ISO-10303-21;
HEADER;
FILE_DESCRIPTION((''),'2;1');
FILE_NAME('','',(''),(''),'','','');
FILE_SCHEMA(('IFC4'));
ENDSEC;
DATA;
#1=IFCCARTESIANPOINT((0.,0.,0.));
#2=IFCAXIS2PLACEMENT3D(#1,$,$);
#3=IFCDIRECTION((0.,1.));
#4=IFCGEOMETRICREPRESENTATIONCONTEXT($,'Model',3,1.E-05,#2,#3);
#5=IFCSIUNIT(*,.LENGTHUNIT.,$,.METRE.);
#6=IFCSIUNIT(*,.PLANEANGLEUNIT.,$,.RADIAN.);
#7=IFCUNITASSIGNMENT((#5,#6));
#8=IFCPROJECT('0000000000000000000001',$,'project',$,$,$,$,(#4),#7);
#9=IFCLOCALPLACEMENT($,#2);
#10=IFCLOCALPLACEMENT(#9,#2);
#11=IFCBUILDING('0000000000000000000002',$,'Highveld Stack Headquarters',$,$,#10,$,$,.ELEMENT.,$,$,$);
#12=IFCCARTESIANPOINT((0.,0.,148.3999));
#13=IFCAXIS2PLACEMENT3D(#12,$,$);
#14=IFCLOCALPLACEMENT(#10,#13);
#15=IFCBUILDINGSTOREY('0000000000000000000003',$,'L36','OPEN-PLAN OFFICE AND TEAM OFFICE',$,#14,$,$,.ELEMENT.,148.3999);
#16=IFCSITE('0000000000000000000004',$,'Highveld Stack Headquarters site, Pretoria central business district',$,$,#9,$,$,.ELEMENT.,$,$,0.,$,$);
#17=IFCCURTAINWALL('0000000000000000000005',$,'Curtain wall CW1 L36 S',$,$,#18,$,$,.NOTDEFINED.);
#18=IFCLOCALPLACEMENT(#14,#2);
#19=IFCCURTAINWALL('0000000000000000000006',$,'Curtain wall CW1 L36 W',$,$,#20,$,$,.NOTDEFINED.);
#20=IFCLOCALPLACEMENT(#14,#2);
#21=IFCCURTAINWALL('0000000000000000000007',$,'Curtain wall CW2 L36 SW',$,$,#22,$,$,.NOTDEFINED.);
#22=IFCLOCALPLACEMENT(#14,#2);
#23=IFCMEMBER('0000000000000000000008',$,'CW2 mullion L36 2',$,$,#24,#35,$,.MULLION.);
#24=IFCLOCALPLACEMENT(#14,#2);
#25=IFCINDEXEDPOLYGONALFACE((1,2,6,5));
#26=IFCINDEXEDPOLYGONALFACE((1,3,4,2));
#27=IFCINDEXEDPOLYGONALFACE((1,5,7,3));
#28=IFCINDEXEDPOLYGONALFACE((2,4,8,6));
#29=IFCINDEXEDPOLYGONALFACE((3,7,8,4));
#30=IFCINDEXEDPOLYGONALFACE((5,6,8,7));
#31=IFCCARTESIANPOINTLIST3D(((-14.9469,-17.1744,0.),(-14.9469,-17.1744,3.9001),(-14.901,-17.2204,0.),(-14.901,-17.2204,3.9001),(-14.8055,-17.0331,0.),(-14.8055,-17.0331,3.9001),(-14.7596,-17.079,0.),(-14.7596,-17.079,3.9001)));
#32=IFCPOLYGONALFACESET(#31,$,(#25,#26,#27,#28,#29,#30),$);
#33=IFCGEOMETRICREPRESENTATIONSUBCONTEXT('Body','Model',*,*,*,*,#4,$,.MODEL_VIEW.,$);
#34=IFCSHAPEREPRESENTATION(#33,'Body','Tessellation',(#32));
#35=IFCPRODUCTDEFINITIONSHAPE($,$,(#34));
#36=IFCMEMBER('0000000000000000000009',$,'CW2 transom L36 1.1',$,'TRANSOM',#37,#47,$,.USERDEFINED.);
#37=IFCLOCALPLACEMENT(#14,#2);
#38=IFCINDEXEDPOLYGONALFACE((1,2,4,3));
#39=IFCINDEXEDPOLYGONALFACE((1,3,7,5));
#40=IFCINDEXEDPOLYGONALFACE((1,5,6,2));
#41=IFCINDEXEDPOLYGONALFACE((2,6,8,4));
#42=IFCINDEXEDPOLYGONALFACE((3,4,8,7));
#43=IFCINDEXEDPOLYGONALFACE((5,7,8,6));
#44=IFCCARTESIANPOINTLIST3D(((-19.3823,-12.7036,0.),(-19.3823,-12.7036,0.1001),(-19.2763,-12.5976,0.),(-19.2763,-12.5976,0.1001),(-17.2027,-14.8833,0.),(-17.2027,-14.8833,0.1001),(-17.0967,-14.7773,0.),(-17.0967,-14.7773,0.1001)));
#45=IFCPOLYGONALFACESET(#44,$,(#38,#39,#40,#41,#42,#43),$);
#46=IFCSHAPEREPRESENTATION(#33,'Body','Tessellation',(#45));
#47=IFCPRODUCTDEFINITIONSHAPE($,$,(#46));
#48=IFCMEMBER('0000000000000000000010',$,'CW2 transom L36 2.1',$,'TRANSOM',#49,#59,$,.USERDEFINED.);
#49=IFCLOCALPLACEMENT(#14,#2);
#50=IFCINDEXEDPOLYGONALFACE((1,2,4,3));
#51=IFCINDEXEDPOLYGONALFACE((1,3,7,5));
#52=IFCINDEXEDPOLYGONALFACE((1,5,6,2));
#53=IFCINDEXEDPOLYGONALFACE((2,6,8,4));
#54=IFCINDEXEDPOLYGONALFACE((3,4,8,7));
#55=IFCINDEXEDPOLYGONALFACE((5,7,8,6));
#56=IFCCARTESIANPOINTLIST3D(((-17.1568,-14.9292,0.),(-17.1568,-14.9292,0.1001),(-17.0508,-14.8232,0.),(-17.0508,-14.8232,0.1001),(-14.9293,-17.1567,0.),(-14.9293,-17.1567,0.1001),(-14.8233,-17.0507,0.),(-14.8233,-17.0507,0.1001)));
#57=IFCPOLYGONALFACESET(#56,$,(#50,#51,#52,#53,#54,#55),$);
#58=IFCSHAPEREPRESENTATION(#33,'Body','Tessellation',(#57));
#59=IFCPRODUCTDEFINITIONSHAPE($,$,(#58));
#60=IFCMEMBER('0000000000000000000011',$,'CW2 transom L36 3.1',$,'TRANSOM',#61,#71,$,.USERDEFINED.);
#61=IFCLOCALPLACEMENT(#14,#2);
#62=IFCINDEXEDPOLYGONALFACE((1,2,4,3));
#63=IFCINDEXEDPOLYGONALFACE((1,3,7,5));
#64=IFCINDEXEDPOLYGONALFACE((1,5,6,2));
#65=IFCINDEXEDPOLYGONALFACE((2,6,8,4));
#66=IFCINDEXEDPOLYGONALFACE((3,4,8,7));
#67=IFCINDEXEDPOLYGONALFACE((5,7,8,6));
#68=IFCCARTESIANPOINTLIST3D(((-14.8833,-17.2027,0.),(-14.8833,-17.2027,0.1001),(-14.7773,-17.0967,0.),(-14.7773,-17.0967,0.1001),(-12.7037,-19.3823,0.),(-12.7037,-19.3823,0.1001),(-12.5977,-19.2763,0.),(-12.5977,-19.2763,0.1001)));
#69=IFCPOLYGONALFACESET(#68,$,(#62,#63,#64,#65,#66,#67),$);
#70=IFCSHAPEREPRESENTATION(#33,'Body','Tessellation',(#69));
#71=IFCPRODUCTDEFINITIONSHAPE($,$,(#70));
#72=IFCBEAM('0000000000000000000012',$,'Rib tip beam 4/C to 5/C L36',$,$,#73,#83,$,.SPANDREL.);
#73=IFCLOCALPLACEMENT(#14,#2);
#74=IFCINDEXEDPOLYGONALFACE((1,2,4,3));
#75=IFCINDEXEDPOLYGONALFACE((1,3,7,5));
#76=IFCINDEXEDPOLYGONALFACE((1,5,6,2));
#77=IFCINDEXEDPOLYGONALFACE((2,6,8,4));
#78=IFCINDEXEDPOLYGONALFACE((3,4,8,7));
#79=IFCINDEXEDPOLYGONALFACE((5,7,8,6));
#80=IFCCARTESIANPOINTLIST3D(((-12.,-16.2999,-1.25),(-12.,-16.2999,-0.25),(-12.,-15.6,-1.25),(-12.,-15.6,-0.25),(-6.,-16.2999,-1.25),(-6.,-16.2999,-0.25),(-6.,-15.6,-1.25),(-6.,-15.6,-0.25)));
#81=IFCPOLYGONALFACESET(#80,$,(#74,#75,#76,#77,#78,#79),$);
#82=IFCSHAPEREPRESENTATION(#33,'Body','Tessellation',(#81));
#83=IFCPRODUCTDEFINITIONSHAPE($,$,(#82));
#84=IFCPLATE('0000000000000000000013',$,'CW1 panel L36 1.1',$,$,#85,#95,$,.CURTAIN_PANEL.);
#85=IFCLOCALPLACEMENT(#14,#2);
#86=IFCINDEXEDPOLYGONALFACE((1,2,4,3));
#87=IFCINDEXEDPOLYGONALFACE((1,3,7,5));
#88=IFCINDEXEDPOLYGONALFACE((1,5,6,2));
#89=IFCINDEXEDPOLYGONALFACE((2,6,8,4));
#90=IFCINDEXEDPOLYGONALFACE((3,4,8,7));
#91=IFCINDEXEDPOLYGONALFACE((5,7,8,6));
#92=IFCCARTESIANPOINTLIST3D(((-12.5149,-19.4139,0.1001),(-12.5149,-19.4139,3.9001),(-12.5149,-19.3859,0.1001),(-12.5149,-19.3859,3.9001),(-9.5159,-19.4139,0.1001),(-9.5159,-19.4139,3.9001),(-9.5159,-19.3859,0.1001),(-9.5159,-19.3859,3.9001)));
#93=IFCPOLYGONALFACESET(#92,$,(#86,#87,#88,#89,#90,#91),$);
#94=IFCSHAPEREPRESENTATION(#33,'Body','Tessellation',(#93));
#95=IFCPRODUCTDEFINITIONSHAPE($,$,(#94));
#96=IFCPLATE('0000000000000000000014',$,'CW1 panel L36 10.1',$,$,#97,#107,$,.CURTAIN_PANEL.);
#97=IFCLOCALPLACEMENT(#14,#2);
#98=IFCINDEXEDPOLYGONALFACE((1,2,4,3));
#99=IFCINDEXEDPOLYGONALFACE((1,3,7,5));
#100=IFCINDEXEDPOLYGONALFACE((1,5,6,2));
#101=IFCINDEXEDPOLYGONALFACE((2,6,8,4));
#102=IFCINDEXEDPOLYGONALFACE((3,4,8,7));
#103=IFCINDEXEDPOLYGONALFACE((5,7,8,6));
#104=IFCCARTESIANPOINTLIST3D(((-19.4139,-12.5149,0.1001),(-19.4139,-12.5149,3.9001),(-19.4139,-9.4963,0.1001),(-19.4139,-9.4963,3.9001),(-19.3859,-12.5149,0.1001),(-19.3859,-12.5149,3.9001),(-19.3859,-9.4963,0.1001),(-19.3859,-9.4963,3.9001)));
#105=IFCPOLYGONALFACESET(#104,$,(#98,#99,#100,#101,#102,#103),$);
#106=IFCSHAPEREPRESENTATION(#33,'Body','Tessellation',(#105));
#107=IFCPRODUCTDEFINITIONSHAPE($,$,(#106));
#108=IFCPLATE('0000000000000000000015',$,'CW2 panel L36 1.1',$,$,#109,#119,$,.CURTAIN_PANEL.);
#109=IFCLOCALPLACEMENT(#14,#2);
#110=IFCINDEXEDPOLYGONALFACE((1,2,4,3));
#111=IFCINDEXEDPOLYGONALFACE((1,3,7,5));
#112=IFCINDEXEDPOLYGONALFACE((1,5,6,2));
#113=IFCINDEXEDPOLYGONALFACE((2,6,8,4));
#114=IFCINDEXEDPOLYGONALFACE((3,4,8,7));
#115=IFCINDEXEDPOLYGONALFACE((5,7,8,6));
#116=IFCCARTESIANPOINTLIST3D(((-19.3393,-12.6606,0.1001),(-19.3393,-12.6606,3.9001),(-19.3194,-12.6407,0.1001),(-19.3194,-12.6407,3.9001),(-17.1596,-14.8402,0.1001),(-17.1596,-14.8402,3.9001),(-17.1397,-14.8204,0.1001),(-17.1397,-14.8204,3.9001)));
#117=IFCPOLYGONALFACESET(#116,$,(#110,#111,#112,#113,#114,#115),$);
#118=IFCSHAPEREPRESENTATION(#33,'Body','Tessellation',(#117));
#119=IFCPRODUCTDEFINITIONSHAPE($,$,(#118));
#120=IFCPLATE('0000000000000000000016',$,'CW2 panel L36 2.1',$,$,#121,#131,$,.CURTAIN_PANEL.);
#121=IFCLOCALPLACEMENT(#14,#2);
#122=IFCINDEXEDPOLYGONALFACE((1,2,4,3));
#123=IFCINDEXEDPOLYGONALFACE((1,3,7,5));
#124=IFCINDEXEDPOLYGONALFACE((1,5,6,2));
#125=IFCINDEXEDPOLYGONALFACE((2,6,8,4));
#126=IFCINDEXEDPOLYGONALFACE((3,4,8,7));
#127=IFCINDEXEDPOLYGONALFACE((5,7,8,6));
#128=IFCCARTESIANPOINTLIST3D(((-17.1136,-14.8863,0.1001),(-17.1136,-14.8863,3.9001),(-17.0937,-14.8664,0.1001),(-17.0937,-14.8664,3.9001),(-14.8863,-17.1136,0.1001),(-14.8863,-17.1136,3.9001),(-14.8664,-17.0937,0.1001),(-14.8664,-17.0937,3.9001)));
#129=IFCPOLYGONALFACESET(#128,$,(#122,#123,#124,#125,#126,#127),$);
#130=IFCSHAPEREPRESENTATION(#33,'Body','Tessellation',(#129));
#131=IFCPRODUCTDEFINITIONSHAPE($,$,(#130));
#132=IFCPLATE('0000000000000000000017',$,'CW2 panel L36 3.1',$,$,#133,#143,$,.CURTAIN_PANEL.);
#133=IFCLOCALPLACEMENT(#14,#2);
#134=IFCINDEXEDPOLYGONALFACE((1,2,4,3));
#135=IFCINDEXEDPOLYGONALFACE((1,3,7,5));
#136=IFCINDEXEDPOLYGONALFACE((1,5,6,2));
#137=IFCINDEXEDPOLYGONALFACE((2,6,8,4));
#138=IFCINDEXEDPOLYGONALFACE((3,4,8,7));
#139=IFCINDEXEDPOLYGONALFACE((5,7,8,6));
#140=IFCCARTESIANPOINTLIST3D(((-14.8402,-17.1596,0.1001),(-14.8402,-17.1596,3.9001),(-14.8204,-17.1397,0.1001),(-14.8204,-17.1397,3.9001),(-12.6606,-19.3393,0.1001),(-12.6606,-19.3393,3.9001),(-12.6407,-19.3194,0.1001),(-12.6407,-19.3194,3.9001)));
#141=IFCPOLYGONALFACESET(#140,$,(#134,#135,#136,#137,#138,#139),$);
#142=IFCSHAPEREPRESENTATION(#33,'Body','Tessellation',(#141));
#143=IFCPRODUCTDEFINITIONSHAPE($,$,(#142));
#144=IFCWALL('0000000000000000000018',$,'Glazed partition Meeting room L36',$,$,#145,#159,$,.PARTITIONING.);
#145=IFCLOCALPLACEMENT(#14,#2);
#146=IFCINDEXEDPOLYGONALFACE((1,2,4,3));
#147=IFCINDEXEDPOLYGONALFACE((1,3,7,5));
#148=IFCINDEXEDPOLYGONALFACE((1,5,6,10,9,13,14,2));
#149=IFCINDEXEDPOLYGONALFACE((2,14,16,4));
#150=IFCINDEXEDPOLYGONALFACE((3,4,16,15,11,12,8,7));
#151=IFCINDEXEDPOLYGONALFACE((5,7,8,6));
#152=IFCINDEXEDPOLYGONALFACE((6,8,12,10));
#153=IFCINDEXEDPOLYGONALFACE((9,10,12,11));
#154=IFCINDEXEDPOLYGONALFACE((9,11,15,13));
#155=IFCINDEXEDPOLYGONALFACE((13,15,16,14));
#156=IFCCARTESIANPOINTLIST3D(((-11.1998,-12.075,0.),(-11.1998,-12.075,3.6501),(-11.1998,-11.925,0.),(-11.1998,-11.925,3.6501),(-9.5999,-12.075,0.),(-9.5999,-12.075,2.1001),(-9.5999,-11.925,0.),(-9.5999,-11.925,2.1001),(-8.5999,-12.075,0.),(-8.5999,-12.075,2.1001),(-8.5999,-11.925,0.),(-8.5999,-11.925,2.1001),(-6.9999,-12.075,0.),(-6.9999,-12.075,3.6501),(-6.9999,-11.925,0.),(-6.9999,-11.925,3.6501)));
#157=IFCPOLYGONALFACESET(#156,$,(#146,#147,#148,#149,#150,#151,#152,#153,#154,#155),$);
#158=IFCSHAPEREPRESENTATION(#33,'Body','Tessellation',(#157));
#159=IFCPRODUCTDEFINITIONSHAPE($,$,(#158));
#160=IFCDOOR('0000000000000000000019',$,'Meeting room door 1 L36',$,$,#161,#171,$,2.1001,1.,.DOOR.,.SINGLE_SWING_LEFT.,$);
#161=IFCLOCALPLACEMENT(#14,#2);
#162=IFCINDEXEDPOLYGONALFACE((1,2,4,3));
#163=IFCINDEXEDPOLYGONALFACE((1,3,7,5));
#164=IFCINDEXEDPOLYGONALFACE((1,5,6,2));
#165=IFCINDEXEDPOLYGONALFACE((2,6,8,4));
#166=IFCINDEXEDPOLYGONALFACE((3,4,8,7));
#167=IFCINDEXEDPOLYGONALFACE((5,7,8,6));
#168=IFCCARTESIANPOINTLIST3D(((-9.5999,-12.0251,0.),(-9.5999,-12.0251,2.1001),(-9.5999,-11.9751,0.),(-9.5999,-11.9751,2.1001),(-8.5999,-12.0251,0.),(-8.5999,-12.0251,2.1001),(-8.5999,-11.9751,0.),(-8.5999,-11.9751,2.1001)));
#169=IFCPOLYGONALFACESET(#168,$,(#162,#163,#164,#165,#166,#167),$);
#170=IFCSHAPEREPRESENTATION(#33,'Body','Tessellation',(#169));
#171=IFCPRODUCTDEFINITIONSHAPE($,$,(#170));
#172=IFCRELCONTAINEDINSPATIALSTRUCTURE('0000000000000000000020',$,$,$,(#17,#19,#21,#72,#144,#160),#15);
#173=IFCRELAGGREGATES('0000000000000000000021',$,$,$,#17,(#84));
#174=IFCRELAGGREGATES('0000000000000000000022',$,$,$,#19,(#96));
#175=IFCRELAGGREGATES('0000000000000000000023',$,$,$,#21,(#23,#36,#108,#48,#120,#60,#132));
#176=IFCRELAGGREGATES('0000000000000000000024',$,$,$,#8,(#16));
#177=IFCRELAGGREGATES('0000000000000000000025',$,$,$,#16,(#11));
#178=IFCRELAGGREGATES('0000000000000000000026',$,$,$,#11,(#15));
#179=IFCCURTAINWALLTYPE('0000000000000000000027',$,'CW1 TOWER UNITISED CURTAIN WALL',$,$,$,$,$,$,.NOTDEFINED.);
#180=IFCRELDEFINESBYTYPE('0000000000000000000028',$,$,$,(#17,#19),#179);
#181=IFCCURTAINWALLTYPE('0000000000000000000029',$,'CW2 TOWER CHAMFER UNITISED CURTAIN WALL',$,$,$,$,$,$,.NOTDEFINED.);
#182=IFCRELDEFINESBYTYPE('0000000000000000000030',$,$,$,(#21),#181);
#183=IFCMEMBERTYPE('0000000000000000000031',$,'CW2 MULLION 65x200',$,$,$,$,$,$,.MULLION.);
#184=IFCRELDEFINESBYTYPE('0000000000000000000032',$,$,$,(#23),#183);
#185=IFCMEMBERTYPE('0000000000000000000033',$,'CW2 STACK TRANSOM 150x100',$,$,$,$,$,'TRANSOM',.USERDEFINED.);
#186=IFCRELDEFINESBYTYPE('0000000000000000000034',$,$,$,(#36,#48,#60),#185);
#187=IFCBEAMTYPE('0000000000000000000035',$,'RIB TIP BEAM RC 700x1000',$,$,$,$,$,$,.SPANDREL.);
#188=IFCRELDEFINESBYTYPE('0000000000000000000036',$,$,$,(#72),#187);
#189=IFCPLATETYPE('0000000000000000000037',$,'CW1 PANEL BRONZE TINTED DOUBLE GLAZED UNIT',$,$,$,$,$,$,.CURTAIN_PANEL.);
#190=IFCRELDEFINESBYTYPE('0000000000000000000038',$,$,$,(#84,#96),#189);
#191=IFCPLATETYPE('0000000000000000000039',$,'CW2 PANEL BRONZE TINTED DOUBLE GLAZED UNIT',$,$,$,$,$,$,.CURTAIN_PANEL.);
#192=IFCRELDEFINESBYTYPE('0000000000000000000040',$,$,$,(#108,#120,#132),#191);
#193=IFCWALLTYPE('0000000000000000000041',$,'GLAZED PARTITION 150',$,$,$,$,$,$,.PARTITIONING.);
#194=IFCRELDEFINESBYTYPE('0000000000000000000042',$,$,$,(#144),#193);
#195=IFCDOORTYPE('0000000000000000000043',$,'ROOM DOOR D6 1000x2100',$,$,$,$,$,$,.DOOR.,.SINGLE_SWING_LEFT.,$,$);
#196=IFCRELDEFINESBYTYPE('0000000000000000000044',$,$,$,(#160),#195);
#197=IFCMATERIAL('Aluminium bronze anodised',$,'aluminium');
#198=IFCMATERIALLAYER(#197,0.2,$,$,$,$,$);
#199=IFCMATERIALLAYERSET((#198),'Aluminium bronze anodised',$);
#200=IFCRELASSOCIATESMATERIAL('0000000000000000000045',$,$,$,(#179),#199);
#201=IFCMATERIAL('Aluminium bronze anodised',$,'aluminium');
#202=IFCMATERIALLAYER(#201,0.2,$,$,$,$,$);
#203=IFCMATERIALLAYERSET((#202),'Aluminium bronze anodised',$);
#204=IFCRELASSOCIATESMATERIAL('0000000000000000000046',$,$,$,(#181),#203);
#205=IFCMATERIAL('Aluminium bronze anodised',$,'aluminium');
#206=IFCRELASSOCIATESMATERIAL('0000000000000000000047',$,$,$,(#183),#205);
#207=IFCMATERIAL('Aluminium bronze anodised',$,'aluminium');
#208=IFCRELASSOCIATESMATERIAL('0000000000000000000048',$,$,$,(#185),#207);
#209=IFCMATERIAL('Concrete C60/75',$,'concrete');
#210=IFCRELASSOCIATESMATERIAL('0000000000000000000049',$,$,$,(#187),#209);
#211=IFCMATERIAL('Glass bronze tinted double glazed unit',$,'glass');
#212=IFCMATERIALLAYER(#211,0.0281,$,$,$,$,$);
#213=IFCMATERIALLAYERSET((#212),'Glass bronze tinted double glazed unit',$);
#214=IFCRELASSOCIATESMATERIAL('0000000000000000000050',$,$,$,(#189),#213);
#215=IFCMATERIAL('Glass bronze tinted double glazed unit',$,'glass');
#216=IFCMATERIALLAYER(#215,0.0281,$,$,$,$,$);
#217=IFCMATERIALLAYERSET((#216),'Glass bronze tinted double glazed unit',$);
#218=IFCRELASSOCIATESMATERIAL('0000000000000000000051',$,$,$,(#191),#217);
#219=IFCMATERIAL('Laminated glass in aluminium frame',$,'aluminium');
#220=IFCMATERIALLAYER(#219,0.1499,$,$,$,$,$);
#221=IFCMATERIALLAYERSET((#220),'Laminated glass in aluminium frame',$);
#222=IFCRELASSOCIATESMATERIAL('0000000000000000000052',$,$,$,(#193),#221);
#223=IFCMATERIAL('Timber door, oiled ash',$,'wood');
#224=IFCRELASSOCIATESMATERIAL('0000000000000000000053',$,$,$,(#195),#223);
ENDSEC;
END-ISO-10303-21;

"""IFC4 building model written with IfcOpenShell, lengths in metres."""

from ifc_helpers import new_model, si_unit, direction, frame, frame_2d, origin, origin_2d, place, context, subcontext, project, spatial, rectangle, extrude, material, layer, layer_set, material_profile, profile_set, type_object, element, fill, aggregate, save


model = new_model("IFC4")

# Units and contexts
model_context = context("Model", 3, precision=1e-05, world=origin(), true_north=direction((0.0, 1.0)))
body_context = subcontext(model_context, "Body", "Model", "MODEL_VIEW")
ifc_project = project(units=[si_unit("LENGTHUNIT", "METRE"), si_unit("PLANEANGLEUNIT", "RADIAN")], contexts=[model_context])

# Site, building, storey
site_placement = place(None, origin())
site = spatial("IfcSite", under=ifc_project, at=site_placement, Name="Highveld Stack Headquarters site, Pretoria central business district", CompositionType="ELEMENT", RefElevation=0.0)
building_placement = place(site_placement, origin())
building = spatial("IfcBuilding", under=site, at=building_placement, Name="Highveld Stack Headquarters", CompositionType="ELEMENT")
storey_placement = place(building_placement, frame((0.0, 0.0, 148.3999)))
storey = spatial("IfcBuildingStorey", under=building, at=storey_placement, Name="L36", Description="OPEN-PLAN OFFICE AND TEAM OFFICE", CompositionType="ELEMENT", Elevation=148.3999)

# Curtain wall
ifc_material_1 = material(Name="Aluminium bronze anodised", Category="aluminium")
ifc_layer_1 = layer(ifc_material_1, 0.2)
ifc_layer_set_1 = layer_set([ifc_layer_1], Name="Aluminium bronze anodised")
curtain_wall_type_1 = type_object("IfcCurtainWallType", Name="CW1 TOWER UNITISED CURTAIN WALL", PredefinedType="NOTDEFINED", material=ifc_layer_set_1)
curtain_wall_1_placement = place(storey_placement, origin())
curtain_wall_1 = element("IfcCurtainWall", 1, at=curtain_wall_1_placement, inside=storey, type_object=curtain_wall_type_1, Name="Curtain wall CW1 L36 S", PredefinedType="NOTDEFINED")

# Curtain wall
curtain_wall_2_placement = place(storey_placement, origin())
curtain_wall_2 = element("IfcCurtainWall", 2, at=curtain_wall_2_placement, inside=storey, type_object=curtain_wall_type_1, Name="Curtain wall CW1 L36 W", PredefinedType="NOTDEFINED")

# Curtain wall, members
ifc_material_2 = material(Name="Aluminium bronze anodised", Category="aluminium")
ifc_layer_2 = layer(ifc_material_2, 0.2)
ifc_layer_set_2 = layer_set([ifc_layer_2], Name="Aluminium bronze anodised")
curtain_wall_type_2 = type_object("IfcCurtainWallType", Name="CW2 TOWER CHAMFER UNITISED CURTAIN WALL", PredefinedType="NOTDEFINED", material=ifc_layer_set_2)
curtain_wall_3_placement = place(storey_placement, origin())
curtain_wall_3 = element("IfcCurtainWall", 3, at=curtain_wall_3_placement, inside=storey, type_object=curtain_wall_type_2, Name="Curtain wall CW2 L36 SW", PredefinedType="NOTDEFINED")
ifc_material_3 = material(Name="Aluminium bronze anodised", Category="aluminium")
ifc_material_profile_1 = material_profile(ifc_material_3, rectangle(XDim=0.2, YDim=0.0649, at=origin_2d()), Name="CW2 MULLION 65x200")
ifc_profile_set_1 = profile_set([ifc_material_profile_1], Name="Aluminium bronze anodised")
member_type_1 = type_object("IfcMemberType", Name="CW2 MULLION 65x200", PredefinedType="MULLION", material=ifc_profile_set_1)
member_1_placement = place(storey_placement, frame((-14.8533, -17.1267, 0.0), z_axis=(0.0, 0.0, 1.0), x_axis=(0.707107, 0.707107, 0.0)))
member_1 = element("IfcMember", 4, at=member_1_placement, type_object=member_type_1, Name="CW2 mullion L36 2", PredefinedType="MULLION", context=body_context, shape_type="SweptSolid", body=[
    extrude(rectangle(XDim=0.2, YDim=0.0649, at=origin_2d()), origin(), (0.0, 0.0, 1.0), 3.9001),
])
ifc_material_4 = material(Name="Aluminium bronze anodised", Category="aluminium")
ifc_material_profile_2 = material_profile(ifc_material_4, rectangle(XDim=0.1499, YDim=0.1001, at=origin_2d()), Name="CW2 TRANSOM 150x100")
ifc_profile_set_2 = profile_set([ifc_material_profile_2], Name="Aluminium bronze anodised")
member_type_2 = type_object("IfcMemberType", Name="CW2 STACK TRANSOM 150x100", ElementType="TRANSOM", PredefinedType="USERDEFINED", material=ifc_profile_set_2)
member_2_placement = place(storey_placement, frame((-19.3293, -12.6506, 0.05), z_axis=(0.707107, -0.707107, 0.0), x_axis=(0.707107, 0.707107, 0.0)))
member_2 = element("IfcMember", 5, at=member_2_placement, type_object=member_type_2, Name="CW2 transom L36 1.1", ObjectType="TRANSOM", PredefinedType="USERDEFINED", context=body_context, shape_type="SweptSolid", body=[
    extrude(rectangle(XDim=0.1499, YDim=0.1001, at=origin_2d()), origin(), (0.0, 0.0, 1.0), 3.0825),
])
member_3_placement = place(storey_placement, frame((-17.1038, -14.8762, 0.05), z_axis=(0.707107, -0.707107, 0.0), x_axis=(0.707107, 0.707107, 0.0)))
member_3 = element("IfcMember", 6, at=member_3_placement, type_object=member_type_2, Name="CW2 transom L36 2.1", ObjectType="TRANSOM", PredefinedType="USERDEFINED", context=body_context, shape_type="SweptSolid", body=[
    extrude(rectangle(XDim=0.1499, YDim=0.1001, at=origin_2d()), origin(), (0.0, 0.0, 1.0), 3.1501),
])
member_4_placement = place(storey_placement, frame((-14.8303, -17.1497, 0.05), z_axis=(0.707107, -0.707107, 0.0), x_axis=(0.707107, 0.707107, 0.0)))
member_4 = element("IfcMember", 7, at=member_4_placement, type_object=member_type_2, Name="CW2 transom L36 3.1", ObjectType="TRANSOM", PredefinedType="USERDEFINED", context=body_context, shape_type="SweptSolid", body=[
    extrude(rectangle(XDim=0.1499, YDim=0.1001, at=origin_2d()), origin(), (0.0, 0.0, 1.0), 3.0825),
])

# Beam
ifc_material_5 = material(Name="Concrete C60/75", Category="concrete")
ifc_material_profile_3 = material_profile(ifc_material_5, rectangle(XDim=0.7, YDim=1.0, at=origin_2d()), Name="RC 700x1000")
ifc_profile_set_3 = profile_set([ifc_material_profile_3], Name="Concrete C60/75")
beam_type_1 = type_object("IfcBeamType", Name="RIB TIP BEAM RC 700x1000", PredefinedType="SPANDREL", material=ifc_profile_set_3)
beam_1_placement = place(storey_placement, frame((-12.0, -15.95, -0.75), z_axis=(1.0, 0.0, 0.0), x_axis=(0.0, 1.0, 0.0)))
element("IfcBeam", 8, at=beam_1_placement, inside=storey, type_object=beam_type_1, Name="Rib tip beam 4/C to 5/C L36", PredefinedType="SPANDREL", context=body_context, shape_type="SweptSolid", body=[
    extrude(rectangle(XDim=0.7, YDim=1.0, at=origin_2d()), origin(), (0.0, 0.0, 1.0), 6.0),
])

# Plates
ifc_material_6 = material(Name="Glass bronze tinted double glazed unit", Category="glass")
ifc_layer_3 = layer(ifc_material_6, 0.0281)
ifc_layer_set_3 = layer_set([ifc_layer_3], Name="Glass bronze tinted double glazed unit")
plate_type_1 = type_object("IfcPlateType", Name="CW1 PANEL BRONZE TINTED DOUBLE GLAZED UNIT", PredefinedType="CURTAIN_PANEL", material=ifc_layer_set_3)
plate_1_placement = place(storey_placement, frame((-11.0154, -19.3999, 0.1001), z_axis=(0.0, 0.0, 1.0), x_axis=(1.0, 0.0, 0.0)))
plate_1 = element("IfcPlate", 9, at=plate_1_placement, type_object=plate_type_1, Name="CW1 panel L36 1.1", PredefinedType="CURTAIN_PANEL", context=body_context, shape_type="SweptSolid", body=[
    extrude(rectangle(XDim=2.999, YDim=0.0281, at=origin_2d()), origin(), (0.0, 0.0, 1.0), 3.8),
])
aggregate(curtain_wall_1, [plate_1])
plate_2_placement = place(storey_placement, frame((-19.3999, -11.0056, 0.1001), z_axis=(0.0, 0.0, 1.0), x_axis=(0.0, -1.0, 0.0)))
plate_2 = element("IfcPlate", 10, at=plate_2_placement, type_object=plate_type_1, Name="CW1 panel L36 10.1", PredefinedType="CURTAIN_PANEL", context=body_context, shape_type="SweptSolid", body=[
    extrude(rectangle(XDim=3.0186, YDim=0.0281, at=origin_2d()), origin(), (0.0, 0.0, 1.0), 3.8),
])
aggregate(curtain_wall_2, [plate_2])
ifc_material_7 = material(Name="Glass bronze tinted double glazed unit", Category="glass")
ifc_layer_4 = layer(ifc_material_7, 0.0281)
ifc_layer_set_4 = layer_set([ifc_layer_4], Name="Glass bronze tinted double glazed unit")
plate_type_2 = type_object("IfcPlateType", Name="CW2 PANEL BRONZE TINTED DOUBLE GLAZED UNIT", PredefinedType="CURTAIN_PANEL", material=ifc_layer_set_4)
plate_3_placement = place(storey_placement, frame((-18.2395, -13.7405, 0.1001), z_axis=(0.0, 0.0, 1.0), x_axis=(0.707107, -0.707107, 0.0)))
plate_3 = element("IfcPlate", 11, at=plate_3_placement, type_object=plate_type_2, Name="CW2 panel L36 1.1", PredefinedType="CURTAIN_PANEL", context=body_context, shape_type="SweptSolid", body=[
    extrude(rectangle(XDim=3.0825, YDim=0.0281, at=origin_2d()), origin(), (0.0, 0.0, 1.0), 3.8),
])
plate_4_placement = place(storey_placement, frame((-15.99, -15.99, 0.1001), z_axis=(0.0, 0.0, 1.0), x_axis=(0.707107, -0.707107, 0.0)))
plate_4 = element("IfcPlate", 12, at=plate_4_placement, type_object=plate_type_2, Name="CW2 panel L36 2.1", PredefinedType="CURTAIN_PANEL", context=body_context, shape_type="SweptSolid", body=[
    extrude(rectangle(XDim=3.1499, YDim=0.0281, at=origin_2d()), origin(), (0.0, 0.0, 1.0), 3.8),
])
plate_5_placement = place(storey_placement, frame((-13.7405, -18.2395, 0.1001), z_axis=(0.0, 0.0, 1.0), x_axis=(0.707107, -0.707107, 0.0)))
plate_5 = element("IfcPlate", 13, at=plate_5_placement, type_object=plate_type_2, Name="CW2 panel L36 3.1", PredefinedType="CURTAIN_PANEL", context=body_context, shape_type="SweptSolid", body=[
    extrude(rectangle(XDim=3.0825, YDim=0.0281, at=origin_2d()), origin(), (0.0, 0.0, 1.0), 3.8),
])
aggregate(curtain_wall_3, [member_1, member_2, plate_3, member_3, plate_4, member_4, plate_5])

# Wall, opening, door
ifc_material_8 = material(Name="Laminated glass in aluminium frame", Category="aluminium")
ifc_layer_5 = layer(ifc_material_8, 0.1499)
ifc_layer_set_5 = layer_set([ifc_layer_5], Name="Laminated glass in aluminium frame")
wall_type_1 = type_object("IfcWallType", Name="GLAZED PARTITION 150", PredefinedType="PARTITIONING", material=ifc_layer_set_5)
wall_1_placement = place(storey_placement, frame((-11.2, -12.0, 0.0), z_axis=(0.0, 0.0, 1.0), x_axis=(1.0, 0.0, 0.0)))
wall_1 = element("IfcWall", 14, at=wall_1_placement, inside=storey, type_object=wall_type_1, Name="Glazed partition Meeting room L36", PredefinedType="PARTITIONING", context=body_context, shape_type="SweptSolid", body=[
    extrude(rectangle(XDim=4.2, YDim=0.1499, at=frame_2d((2.1001, 0.0))), origin(), (0.0, 0.0, 1.0), 3.6501),
])
opening_placement = place(wall_1_placement, frame((1.6001, 0.0, 0.0)))
opening = element("IfcOpeningElement", 15, at=opening_placement, cuts=wall_1, PredefinedType="OPENING", context=body_context, shape_type="SweptSolid", body=[
    extrude(rectangle(XDim=1.0, YDim=2.1001, at=frame_2d((0.5, 1.05))), frame((0.0, 0.085, 0.0), z_axis=(0.0, -1.0, 0.0), x_axis=(1.0, 0.0, 0.0)), (0.0, 0.0, 1.0), 0.1699),
])
ifc_material_9 = material(Name="Timber door, oiled ash", Category="wood")
door_type = type_object("IfcDoorType", Name="ROOM DOOR D6 1000x2100", OperationType="SINGLE_SWING_LEFT", PredefinedType="DOOR", material=ifc_material_9)
door_placement = place(opening_placement, origin())
door = element("IfcDoor", 16, at=door_placement, inside=storey, type_object=door_type, Name="Meeting room door 1 L36", OperationType="SINGLE_SWING_LEFT", OverallHeight=2.1001, OverallWidth=1.0, PredefinedType="DOOR", context=body_context, shape_type="SweptSolid", body=[
    extrude(rectangle(XDim=1.0, YDim=2.1001, at=frame_2d((0.5, 1.05))), frame((0.0, 0.0249, 0.0), z_axis=(0.0, -1.0, 0.0), x_axis=(1.0, 0.0, 0.0)), (0.0, 0.0, 1.0), 0.05),
])
fill(opening, door)

save(model, "model.ifc")
